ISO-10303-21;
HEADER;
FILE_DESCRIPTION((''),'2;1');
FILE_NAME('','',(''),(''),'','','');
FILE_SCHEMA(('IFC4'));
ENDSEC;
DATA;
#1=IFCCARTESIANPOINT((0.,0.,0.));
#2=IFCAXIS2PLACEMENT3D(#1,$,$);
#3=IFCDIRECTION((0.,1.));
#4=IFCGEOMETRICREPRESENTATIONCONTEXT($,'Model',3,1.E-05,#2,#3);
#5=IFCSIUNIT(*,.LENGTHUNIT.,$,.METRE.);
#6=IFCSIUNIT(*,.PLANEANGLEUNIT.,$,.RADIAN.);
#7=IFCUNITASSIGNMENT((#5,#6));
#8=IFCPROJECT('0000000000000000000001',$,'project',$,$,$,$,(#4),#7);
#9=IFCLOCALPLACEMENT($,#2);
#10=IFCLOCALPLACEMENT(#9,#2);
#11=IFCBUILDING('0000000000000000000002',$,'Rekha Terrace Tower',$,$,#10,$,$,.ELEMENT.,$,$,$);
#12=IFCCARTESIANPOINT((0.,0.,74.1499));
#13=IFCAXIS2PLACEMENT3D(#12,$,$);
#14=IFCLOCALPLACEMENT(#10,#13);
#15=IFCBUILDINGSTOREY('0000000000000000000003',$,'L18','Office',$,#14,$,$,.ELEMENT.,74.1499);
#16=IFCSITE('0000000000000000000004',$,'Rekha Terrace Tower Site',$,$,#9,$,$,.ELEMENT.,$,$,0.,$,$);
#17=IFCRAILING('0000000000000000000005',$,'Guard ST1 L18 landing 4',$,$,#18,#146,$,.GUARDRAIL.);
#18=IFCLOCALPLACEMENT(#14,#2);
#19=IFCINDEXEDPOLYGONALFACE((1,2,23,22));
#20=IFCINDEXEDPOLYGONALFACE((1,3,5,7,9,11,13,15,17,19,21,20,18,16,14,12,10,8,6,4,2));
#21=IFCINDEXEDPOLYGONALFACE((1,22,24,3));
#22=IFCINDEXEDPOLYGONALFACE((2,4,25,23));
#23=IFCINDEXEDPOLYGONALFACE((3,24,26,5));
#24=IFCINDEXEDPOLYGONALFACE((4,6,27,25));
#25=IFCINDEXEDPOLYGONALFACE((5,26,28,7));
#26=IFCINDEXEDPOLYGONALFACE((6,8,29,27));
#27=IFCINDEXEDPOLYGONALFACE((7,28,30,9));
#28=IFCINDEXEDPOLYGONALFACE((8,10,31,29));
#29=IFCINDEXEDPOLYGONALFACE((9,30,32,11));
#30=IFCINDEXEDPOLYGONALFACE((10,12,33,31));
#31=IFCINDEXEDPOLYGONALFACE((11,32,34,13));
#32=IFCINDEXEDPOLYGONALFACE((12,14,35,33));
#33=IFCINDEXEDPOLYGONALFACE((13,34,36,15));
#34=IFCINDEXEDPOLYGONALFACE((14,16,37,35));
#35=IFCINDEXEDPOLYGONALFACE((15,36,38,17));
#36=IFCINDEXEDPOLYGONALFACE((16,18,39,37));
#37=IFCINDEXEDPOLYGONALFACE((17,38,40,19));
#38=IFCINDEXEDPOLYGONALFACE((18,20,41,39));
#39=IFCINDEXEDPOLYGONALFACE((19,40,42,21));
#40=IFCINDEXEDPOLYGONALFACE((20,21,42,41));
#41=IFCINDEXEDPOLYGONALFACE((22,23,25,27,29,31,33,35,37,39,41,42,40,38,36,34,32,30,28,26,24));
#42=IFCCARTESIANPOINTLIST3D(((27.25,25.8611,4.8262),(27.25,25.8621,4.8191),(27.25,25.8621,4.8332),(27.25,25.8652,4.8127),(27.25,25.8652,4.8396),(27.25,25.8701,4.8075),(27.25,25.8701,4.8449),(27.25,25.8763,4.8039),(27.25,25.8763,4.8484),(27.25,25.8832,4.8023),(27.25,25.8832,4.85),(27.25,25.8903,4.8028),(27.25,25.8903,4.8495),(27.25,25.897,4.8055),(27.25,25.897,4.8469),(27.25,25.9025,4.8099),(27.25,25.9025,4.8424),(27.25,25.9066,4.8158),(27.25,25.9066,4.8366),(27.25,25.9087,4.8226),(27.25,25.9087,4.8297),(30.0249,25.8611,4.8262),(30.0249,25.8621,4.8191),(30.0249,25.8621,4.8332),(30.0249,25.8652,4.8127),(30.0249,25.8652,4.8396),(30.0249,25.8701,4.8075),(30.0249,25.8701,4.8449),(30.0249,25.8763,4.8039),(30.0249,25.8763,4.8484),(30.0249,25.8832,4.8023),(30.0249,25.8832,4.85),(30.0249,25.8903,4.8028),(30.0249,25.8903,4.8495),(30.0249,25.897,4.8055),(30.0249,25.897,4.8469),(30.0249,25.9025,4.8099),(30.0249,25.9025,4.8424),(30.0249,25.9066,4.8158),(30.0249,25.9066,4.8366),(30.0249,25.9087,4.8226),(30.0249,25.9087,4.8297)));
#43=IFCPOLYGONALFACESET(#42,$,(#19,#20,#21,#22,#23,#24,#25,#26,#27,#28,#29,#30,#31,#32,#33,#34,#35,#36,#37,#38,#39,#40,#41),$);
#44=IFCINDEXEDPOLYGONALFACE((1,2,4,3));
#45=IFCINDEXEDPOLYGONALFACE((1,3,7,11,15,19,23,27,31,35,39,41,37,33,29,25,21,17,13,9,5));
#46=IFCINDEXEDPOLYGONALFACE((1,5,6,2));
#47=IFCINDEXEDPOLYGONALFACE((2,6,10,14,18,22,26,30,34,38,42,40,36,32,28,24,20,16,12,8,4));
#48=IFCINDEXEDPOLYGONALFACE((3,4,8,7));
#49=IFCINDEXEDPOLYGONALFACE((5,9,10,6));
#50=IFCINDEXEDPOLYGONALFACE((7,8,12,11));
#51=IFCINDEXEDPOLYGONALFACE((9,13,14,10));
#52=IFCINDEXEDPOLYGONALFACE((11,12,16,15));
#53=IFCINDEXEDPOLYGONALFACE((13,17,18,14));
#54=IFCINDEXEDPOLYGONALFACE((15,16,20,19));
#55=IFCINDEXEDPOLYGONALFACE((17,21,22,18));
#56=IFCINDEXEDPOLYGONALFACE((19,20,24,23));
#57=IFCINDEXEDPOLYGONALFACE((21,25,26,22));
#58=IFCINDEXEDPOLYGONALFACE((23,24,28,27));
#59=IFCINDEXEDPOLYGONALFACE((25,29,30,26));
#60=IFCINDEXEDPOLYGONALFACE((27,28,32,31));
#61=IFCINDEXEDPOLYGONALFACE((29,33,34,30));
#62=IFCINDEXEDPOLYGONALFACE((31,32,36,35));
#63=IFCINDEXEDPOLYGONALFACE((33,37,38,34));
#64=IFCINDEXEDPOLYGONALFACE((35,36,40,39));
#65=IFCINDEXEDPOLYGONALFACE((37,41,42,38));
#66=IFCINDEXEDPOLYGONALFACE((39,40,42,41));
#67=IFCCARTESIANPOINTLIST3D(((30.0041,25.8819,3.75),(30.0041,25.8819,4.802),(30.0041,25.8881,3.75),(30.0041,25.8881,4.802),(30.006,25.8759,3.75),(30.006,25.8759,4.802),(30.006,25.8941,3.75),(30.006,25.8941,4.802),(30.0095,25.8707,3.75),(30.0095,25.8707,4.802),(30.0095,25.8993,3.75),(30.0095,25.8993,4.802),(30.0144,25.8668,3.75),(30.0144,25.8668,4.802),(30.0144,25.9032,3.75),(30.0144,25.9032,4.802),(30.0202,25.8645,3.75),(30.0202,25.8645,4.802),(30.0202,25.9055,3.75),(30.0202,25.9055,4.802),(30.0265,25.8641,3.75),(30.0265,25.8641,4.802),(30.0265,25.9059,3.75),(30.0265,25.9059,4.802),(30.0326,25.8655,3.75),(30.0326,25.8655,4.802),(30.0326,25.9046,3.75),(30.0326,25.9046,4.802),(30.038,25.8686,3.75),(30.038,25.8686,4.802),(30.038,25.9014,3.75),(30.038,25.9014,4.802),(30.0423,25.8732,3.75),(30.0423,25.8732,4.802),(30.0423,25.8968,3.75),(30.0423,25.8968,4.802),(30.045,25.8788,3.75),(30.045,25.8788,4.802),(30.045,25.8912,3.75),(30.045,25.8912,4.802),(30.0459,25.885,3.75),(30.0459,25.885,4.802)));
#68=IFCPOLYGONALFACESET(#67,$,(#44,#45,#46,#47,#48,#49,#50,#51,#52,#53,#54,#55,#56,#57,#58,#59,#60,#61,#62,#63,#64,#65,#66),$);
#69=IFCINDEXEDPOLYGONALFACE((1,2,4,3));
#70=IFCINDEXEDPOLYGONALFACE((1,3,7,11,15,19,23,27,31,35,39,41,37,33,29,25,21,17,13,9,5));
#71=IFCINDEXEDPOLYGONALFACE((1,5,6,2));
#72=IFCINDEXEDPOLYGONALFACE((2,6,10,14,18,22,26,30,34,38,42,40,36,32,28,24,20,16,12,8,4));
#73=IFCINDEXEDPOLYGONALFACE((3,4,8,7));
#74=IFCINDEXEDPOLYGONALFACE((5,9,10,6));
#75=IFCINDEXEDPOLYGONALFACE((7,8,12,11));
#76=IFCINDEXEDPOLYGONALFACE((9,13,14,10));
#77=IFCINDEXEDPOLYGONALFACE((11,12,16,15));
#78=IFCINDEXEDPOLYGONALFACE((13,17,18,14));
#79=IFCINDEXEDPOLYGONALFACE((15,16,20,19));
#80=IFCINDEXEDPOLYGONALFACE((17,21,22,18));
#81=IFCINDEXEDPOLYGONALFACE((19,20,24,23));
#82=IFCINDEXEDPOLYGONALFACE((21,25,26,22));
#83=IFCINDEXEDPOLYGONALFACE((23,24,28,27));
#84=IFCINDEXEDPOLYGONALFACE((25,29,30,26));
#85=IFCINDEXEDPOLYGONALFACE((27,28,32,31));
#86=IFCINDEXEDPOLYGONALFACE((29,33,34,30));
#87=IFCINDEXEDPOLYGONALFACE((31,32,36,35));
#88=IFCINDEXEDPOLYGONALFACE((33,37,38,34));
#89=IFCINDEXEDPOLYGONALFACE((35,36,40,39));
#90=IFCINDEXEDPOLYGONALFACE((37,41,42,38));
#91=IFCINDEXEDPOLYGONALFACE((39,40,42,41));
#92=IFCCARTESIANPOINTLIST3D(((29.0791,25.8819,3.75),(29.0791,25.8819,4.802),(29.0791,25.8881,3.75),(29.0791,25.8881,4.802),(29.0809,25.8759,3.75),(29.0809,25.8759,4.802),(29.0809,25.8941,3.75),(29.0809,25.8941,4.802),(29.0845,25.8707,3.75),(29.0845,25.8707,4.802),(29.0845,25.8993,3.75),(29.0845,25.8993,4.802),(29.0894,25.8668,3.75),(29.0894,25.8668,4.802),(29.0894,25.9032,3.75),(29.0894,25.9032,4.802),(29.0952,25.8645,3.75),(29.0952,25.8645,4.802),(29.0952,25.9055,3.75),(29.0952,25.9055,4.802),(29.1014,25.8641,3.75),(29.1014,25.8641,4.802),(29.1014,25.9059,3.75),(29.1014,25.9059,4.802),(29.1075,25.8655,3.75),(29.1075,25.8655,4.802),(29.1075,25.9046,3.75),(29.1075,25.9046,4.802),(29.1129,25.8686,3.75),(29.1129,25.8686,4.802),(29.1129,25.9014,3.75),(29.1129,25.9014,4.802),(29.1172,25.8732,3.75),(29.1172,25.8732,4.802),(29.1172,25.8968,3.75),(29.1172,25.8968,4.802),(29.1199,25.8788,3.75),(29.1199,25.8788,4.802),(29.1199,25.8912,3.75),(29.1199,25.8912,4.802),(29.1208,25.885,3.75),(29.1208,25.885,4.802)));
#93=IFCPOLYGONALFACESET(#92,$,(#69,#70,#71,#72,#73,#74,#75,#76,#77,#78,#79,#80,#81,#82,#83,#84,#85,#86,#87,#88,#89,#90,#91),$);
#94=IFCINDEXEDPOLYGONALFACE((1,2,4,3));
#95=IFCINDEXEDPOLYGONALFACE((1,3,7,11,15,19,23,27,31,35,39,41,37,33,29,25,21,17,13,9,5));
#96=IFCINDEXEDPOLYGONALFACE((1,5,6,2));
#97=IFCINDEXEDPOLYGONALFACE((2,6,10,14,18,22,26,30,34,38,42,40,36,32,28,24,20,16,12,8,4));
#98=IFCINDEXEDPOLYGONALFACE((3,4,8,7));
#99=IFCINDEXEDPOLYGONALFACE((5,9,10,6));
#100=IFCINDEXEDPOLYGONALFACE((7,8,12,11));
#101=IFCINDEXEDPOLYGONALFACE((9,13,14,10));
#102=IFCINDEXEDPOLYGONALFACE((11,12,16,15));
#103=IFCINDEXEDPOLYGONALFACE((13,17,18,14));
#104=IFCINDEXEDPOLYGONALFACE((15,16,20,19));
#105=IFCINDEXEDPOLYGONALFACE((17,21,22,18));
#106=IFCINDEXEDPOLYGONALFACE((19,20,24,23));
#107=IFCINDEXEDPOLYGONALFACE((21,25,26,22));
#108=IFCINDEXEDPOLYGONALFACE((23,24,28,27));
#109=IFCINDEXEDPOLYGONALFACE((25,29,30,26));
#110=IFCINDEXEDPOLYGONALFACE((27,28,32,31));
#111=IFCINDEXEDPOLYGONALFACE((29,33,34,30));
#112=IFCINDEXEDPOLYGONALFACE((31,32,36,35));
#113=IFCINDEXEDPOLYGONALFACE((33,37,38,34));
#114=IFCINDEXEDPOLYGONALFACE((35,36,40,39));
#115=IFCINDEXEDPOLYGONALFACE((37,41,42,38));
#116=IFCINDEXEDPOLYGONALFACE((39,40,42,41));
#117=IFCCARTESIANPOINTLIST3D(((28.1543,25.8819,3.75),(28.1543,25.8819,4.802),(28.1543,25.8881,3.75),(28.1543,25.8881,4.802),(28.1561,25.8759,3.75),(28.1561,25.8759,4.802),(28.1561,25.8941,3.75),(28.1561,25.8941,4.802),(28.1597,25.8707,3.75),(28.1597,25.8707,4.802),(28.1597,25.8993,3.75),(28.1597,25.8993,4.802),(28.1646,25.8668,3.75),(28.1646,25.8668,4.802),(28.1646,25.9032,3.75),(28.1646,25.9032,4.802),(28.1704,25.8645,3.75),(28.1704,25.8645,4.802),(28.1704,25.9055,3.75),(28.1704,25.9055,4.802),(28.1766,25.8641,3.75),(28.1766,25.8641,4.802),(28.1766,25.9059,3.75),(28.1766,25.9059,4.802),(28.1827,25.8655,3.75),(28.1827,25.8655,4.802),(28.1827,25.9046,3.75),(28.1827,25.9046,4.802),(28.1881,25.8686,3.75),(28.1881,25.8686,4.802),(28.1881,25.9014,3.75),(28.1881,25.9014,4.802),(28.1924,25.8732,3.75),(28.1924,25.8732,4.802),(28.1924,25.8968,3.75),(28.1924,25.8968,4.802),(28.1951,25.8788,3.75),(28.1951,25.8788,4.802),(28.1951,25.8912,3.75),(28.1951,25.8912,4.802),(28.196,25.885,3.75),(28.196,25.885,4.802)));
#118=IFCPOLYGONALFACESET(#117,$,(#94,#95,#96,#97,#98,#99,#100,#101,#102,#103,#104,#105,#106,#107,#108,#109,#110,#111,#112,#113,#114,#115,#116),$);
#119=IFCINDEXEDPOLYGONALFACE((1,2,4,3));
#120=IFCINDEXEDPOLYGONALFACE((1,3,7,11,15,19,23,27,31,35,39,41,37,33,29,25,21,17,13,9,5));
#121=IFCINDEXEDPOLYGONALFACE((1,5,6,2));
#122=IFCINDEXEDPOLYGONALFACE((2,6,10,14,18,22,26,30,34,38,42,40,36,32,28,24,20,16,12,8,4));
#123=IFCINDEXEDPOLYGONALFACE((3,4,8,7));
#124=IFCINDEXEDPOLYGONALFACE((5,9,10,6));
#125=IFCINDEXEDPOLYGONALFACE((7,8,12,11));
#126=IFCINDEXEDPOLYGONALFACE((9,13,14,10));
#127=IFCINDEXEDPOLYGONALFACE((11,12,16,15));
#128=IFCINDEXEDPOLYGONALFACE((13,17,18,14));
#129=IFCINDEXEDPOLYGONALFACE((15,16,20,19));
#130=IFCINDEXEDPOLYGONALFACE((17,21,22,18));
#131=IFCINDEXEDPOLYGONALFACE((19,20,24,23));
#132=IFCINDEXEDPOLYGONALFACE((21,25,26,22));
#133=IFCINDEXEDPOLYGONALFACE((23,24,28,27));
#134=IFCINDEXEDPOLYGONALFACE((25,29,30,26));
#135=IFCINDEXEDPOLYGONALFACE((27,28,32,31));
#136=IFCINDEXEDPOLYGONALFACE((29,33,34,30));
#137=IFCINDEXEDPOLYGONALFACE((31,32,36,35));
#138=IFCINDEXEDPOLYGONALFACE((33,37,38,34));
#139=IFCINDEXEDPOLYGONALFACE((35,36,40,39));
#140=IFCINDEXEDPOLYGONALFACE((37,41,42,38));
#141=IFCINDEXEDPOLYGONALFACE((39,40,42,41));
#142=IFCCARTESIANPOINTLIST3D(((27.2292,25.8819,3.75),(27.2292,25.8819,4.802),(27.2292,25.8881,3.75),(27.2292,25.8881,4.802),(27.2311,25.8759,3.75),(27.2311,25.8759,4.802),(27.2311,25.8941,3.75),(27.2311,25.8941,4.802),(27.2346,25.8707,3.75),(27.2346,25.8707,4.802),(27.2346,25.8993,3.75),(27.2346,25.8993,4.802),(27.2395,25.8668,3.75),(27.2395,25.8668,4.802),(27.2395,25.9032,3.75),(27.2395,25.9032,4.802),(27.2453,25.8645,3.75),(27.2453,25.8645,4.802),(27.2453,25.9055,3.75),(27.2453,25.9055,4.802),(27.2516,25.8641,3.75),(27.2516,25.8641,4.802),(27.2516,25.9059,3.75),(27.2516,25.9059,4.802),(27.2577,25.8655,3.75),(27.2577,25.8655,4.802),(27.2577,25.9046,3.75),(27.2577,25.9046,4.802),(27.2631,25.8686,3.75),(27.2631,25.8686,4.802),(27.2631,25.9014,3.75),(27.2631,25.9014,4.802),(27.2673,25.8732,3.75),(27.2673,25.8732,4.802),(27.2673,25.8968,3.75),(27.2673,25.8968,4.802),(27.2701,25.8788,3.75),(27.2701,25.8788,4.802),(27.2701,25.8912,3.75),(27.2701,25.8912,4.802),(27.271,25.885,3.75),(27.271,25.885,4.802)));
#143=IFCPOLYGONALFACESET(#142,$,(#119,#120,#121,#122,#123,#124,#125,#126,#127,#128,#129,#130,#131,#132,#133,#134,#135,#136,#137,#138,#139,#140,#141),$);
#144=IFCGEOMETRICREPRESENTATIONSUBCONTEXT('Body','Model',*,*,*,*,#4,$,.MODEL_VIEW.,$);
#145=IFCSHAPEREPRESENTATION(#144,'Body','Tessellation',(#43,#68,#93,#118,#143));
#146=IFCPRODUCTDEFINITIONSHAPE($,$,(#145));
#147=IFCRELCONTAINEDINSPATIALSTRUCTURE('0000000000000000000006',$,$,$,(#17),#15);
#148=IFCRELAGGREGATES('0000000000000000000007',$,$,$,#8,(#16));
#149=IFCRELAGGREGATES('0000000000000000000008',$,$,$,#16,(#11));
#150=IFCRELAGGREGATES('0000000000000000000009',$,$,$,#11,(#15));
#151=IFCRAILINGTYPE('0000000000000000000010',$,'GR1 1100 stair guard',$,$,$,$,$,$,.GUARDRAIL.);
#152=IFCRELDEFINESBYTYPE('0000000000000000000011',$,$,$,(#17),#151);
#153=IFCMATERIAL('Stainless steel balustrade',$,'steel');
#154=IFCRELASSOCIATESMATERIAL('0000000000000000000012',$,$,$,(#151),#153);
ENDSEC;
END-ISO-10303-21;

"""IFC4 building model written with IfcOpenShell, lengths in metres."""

from ifc_helpers import new_model, si_unit, direction, frame, origin, origin_2d, place, context, subcontext, project, spatial, circle, extrude, material, type_object, element, save


model = new_model("IFC4")

# Units and contexts
model_context = context("Model", 3, precision=1e-05, world=origin(), true_north=direction((0.0, 1.0)))
body_context = subcontext(model_context, "Body", "Model", "MODEL_VIEW")
ifc_project = project(units=[si_unit("LENGTHUNIT", "METRE"), si_unit("PLANEANGLEUNIT", "RADIAN")], contexts=[model_context])

# Site, building, storey
site_placement = place(None, origin())
site = spatial("IfcSite", under=ifc_project, at=site_placement, Name="Rekha Terrace Tower Site", CompositionType="ELEMENT", RefElevation=0.0)
building_placement = place(site_placement, origin())
building = spatial("IfcBuilding", under=site, at=building_placement, Name="Rekha Terrace Tower", CompositionType="ELEMENT")
storey_placement = place(building_placement, frame((0.0, 0.0, 74.1499)))
storey = spatial("IfcBuildingStorey", under=building, at=storey_placement, Name="L18", Description="Office", CompositionType="ELEMENT", Elevation=74.1499)

# Railing
ifc_material_1 = material(Name="Stainless steel balustrade", Category="steel")
railing_type_1 = type_object("IfcRailingType", Name="GR1 1100 stair guard", PredefinedType="GUARDRAIL", material=ifc_material_1)
railing_1_placement = place(storey_placement, frame((30.0249, 25.885, 3.75)))
element("IfcRailing", 1, at=railing_1_placement, inside=storey, type_object=railing_type_1, Name="Guard ST1 L18 landing 4", PredefinedType="GUARDRAIL", context=body_context, shape_type="SweptSolid", body=[
    extrude(circle(Radius=0.0239, at=origin_2d()), frame((0.0, 0.0, 1.0762), z_axis=(-1.0, 0.0, 0.0), x_axis=(0.0, -1.0, 0.0)), (0.0, 0.0, 1.0), 2.7749),
    extrude(circle(Radius=0.021, at=origin_2d()), origin(), (0.0, 0.0, 1.0), 1.052),
    extrude(circle(Radius=0.021, at=origin_2d()), frame((-0.925, 0.0, 0.0)), (0.0, 0.0, 1.0), 1.052),
    extrude(circle(Radius=0.021, at=origin_2d()), frame((-1.8499, 0.0, 0.0)), (0.0, 0.0, 1.0), 1.052),
    extrude(circle(Radius=0.021, at=origin_2d()), frame((-2.7749, 0.0, 0.0)), (0.0, 0.0, 1.0), 1.052),
])

save(model, "model.ifc")
